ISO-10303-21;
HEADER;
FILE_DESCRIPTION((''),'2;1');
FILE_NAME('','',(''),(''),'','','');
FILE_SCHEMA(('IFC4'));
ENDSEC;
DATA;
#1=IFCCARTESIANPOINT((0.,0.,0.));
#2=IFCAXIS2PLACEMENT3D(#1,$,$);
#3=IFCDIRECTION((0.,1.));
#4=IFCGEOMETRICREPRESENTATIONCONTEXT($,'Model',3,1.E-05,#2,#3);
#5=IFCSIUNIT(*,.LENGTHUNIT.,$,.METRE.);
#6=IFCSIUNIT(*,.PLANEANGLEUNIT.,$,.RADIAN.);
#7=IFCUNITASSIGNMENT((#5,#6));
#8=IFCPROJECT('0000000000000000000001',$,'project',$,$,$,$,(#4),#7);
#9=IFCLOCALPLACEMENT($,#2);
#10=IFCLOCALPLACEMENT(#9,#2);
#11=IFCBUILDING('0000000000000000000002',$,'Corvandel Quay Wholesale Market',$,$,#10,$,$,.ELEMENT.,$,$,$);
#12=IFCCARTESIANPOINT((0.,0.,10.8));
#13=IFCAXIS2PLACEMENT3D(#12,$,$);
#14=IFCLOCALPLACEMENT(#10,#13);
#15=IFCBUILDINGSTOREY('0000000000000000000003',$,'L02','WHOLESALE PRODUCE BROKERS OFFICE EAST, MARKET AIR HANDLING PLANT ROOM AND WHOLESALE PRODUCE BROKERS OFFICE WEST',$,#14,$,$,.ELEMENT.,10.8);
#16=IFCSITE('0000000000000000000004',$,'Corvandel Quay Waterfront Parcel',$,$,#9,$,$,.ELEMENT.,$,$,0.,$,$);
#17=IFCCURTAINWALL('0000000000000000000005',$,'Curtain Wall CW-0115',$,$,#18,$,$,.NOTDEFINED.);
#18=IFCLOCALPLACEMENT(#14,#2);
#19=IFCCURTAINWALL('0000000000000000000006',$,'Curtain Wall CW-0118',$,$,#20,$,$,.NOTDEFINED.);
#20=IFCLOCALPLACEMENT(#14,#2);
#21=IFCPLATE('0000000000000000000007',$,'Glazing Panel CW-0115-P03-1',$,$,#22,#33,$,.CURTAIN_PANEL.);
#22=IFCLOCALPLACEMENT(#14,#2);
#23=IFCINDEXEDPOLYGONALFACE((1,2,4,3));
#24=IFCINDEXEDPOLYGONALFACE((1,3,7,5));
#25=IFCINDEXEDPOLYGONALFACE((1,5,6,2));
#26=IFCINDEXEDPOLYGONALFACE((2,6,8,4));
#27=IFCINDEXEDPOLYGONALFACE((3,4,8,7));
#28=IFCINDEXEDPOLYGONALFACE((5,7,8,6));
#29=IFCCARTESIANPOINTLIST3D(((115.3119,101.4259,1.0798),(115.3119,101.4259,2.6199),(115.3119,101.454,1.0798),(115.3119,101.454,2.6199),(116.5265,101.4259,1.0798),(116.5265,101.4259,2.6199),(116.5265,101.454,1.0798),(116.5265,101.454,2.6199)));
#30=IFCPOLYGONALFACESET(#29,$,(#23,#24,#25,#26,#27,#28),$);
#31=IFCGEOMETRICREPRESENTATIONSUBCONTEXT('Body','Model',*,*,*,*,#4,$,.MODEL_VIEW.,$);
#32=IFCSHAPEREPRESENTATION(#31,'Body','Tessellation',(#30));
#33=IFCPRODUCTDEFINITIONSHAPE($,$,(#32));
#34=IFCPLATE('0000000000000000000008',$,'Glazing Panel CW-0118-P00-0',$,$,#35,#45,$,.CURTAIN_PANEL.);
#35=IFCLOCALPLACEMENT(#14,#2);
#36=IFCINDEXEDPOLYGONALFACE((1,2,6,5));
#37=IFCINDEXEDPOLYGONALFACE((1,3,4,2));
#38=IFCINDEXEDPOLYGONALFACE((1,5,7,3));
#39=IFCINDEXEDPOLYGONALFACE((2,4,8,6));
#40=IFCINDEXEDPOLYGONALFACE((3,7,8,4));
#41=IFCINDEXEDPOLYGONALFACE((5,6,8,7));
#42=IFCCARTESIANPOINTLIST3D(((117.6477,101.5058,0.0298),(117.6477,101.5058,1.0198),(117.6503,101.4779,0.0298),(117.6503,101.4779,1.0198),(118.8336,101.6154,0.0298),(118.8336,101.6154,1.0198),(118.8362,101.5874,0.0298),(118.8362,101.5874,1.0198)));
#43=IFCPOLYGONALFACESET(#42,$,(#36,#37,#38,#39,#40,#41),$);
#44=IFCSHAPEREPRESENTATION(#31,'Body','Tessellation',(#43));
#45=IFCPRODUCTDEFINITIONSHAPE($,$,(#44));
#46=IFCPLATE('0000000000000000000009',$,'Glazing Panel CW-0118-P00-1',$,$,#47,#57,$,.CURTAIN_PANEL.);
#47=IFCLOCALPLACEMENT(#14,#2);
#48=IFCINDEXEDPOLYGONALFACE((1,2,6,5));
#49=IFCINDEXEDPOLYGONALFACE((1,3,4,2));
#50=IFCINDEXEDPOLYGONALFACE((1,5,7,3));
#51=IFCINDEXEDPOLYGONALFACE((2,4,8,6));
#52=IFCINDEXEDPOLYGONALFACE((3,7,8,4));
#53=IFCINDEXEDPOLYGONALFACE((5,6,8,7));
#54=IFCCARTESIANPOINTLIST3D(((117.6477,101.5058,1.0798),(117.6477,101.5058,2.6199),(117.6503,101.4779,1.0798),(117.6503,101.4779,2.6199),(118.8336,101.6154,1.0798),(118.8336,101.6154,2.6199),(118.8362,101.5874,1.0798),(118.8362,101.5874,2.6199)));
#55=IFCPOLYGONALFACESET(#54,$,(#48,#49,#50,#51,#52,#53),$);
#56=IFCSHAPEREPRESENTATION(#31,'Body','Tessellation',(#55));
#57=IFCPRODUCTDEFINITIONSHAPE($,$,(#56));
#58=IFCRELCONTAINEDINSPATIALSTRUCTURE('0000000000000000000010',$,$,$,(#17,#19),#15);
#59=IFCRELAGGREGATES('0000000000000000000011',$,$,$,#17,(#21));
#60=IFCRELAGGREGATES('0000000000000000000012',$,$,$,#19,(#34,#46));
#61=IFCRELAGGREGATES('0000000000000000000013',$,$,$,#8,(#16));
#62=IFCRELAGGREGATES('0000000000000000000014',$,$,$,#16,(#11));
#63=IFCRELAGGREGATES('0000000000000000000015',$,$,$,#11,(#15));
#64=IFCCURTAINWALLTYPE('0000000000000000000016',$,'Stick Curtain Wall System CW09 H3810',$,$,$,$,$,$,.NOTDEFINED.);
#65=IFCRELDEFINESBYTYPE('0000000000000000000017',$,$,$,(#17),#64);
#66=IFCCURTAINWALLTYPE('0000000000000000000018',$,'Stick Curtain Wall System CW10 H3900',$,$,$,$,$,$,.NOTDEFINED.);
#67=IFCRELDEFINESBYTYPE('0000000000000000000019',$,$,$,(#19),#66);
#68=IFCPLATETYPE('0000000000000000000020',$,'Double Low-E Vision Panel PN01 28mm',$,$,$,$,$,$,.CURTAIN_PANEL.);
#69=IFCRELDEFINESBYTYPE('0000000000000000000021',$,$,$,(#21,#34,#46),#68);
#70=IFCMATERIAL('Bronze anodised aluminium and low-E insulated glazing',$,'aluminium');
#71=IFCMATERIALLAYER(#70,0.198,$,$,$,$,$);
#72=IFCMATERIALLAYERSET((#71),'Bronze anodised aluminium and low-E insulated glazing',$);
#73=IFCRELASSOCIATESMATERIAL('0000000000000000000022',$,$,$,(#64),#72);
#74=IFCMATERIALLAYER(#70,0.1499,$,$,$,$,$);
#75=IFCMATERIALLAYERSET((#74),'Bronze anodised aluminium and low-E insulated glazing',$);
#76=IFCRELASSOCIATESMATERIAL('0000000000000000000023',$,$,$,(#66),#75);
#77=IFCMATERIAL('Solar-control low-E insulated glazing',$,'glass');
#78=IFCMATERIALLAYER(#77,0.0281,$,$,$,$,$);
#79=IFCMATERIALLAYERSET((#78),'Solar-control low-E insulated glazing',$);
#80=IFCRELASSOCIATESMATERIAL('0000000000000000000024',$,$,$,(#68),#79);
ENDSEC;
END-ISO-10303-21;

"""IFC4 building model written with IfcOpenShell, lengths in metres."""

from ifc_helpers import new_model, si_unit, direction, frame, origin, origin_2d, place, context, subcontext, project, spatial, rectangle, extrude, material, layer, layer_set, type_object, element, aggregate, save


model = new_model("IFC4")

# Units and contexts
model_context = context("Model", 3, precision=1e-05, world=origin(), true_north=direction((0.0, 1.0)))
body_context = subcontext(model_context, "Body", "Model", "MODEL_VIEW")
ifc_project = project(units=[si_unit("LENGTHUNIT", "METRE"), si_unit("PLANEANGLEUNIT", "RADIAN")], contexts=[model_context])

# Site, building, storey
site_placement = place(None, origin())
site = spatial("IfcSite", under=ifc_project, at=site_placement, Name="Corvandel Quay Waterfront Parcel", CompositionType="ELEMENT", RefElevation=0.0)
building_placement = place(site_placement, origin())
building = spatial("IfcBuilding", under=site, at=building_placement, Name="Corvandel Quay Wholesale Market", CompositionType="ELEMENT")
storey_placement = place(building_placement, frame((0.0, 0.0, 10.8)))
storey = spatial("IfcBuildingStorey", under=building, at=storey_placement, Name="L02", Description="WHOLESALE PRODUCE BROKERS OFFICE EAST, MARKET AIR HANDLING PLANT ROOM AND WHOLESALE PRODUCE BROKERS OFFICE WEST", CompositionType="ELEMENT", Elevation=10.8)

# Shared definitions
ifc_material_1 = material(Name="Bronze anodised aluminium and low-E insulated glazing", Category="aluminium")

# Curtain walls
ifc_layer_1 = layer(ifc_material_1, 0.198)
ifc_layer_set_1 = layer_set([ifc_layer_1], Name="Bronze anodised aluminium and low-E insulated glazing")
curtain_wall_type_1 = type_object("IfcCurtainWallType", Name="Stick Curtain Wall System CW09 H3810", PredefinedType="NOTDEFINED", material=ifc_layer_set_1)
curtain_wall_1_placement = place(storey_placement, origin())
curtain_wall_1 = element("IfcCurtainWall", 1, at=curtain_wall_1_placement, inside=storey, type_object=curtain_wall_type_1, Name="Curtain Wall CW-0115", PredefinedType="NOTDEFINED")
ifc_layer_2 = layer(ifc_material_1, 0.1499)
ifc_layer_set_2 = layer_set([ifc_layer_2], Name="Bronze anodised aluminium and low-E insulated glazing")
curtain_wall_type_2 = type_object("IfcCurtainWallType", Name="Stick Curtain Wall System CW10 H3900", PredefinedType="NOTDEFINED", material=ifc_layer_set_2)
curtain_wall_2_placement = place(storey_placement, origin())
curtain_wall_2 = element("IfcCurtainWall", 2, at=curtain_wall_2_placement, inside=storey, type_object=curtain_wall_type_2, Name="Curtain Wall CW-0118", PredefinedType="NOTDEFINED")

# Plates
ifc_material_2 = material(Name="Solar-control low-E insulated glazing", Category="glass")
ifc_layer_3 = layer(ifc_material_2, 0.0281)
ifc_layer_set_3 = layer_set([ifc_layer_3], Name="Solar-control low-E insulated glazing")
plate_type_1 = type_object("IfcPlateType", Name="Double Low-E Vision Panel PN01 28mm", PredefinedType="CURTAIN_PANEL", material=ifc_layer_set_3)
plate_1_placement = place(storey_placement, frame((115.9192, 101.4399, 1.0798), z_axis=(0.0, 0.0, 1.0), x_axis=(1.0, 0.0, 0.0)))
plate_1 = element("IfcPlate", 3, at=plate_1_placement, type_object=plate_type_1, Name="Glazing Panel CW-0115-P03-1", PredefinedType="CURTAIN_PANEL", context=body_context, shape_type="SweptSolid", body=[
    extrude(rectangle(XDim=1.2146, YDim=0.0281, at=origin_2d()), origin(), (0.0, 0.0, 1.0), 1.54),
])
aggregate(curtain_wall_1, [plate_1])
plate_2_placement = place(storey_placement, frame((118.2419, 101.5466, 0.0298), z_axis=(0.0, 0.0, 1.0), x_axis=(0.995757, 0.092023, 0.0)))
plate_2 = element("IfcPlate", 4, at=plate_2_placement, type_object=plate_type_1, Name="Glazing Panel CW-0118-P00-0", PredefinedType="CURTAIN_PANEL", context=body_context, shape_type="SweptSolid", body=[
    extrude(rectangle(XDim=1.1909, YDim=0.0281, at=origin_2d()), origin(), (0.0, 0.0, 1.0), 0.99),
])
plate_3_placement = place(storey_placement, frame((118.2419, 101.5466, 1.0798), z_axis=(0.0, 0.0, 1.0), x_axis=(0.995757, 0.092023, 0.0)))
plate_3 = element("IfcPlate", 5, at=plate_3_placement, type_object=plate_type_1, Name="Glazing Panel CW-0118-P00-1", PredefinedType="CURTAIN_PANEL", context=body_context, shape_type="SweptSolid", body=[
    extrude(rectangle(XDim=1.1909, YDim=0.0281, at=origin_2d()), origin(), (0.0, 0.0, 1.0), 1.54),
])
aggregate(curtain_wall_2, [plate_2, plate_3])

save(model, "model.ifc")
